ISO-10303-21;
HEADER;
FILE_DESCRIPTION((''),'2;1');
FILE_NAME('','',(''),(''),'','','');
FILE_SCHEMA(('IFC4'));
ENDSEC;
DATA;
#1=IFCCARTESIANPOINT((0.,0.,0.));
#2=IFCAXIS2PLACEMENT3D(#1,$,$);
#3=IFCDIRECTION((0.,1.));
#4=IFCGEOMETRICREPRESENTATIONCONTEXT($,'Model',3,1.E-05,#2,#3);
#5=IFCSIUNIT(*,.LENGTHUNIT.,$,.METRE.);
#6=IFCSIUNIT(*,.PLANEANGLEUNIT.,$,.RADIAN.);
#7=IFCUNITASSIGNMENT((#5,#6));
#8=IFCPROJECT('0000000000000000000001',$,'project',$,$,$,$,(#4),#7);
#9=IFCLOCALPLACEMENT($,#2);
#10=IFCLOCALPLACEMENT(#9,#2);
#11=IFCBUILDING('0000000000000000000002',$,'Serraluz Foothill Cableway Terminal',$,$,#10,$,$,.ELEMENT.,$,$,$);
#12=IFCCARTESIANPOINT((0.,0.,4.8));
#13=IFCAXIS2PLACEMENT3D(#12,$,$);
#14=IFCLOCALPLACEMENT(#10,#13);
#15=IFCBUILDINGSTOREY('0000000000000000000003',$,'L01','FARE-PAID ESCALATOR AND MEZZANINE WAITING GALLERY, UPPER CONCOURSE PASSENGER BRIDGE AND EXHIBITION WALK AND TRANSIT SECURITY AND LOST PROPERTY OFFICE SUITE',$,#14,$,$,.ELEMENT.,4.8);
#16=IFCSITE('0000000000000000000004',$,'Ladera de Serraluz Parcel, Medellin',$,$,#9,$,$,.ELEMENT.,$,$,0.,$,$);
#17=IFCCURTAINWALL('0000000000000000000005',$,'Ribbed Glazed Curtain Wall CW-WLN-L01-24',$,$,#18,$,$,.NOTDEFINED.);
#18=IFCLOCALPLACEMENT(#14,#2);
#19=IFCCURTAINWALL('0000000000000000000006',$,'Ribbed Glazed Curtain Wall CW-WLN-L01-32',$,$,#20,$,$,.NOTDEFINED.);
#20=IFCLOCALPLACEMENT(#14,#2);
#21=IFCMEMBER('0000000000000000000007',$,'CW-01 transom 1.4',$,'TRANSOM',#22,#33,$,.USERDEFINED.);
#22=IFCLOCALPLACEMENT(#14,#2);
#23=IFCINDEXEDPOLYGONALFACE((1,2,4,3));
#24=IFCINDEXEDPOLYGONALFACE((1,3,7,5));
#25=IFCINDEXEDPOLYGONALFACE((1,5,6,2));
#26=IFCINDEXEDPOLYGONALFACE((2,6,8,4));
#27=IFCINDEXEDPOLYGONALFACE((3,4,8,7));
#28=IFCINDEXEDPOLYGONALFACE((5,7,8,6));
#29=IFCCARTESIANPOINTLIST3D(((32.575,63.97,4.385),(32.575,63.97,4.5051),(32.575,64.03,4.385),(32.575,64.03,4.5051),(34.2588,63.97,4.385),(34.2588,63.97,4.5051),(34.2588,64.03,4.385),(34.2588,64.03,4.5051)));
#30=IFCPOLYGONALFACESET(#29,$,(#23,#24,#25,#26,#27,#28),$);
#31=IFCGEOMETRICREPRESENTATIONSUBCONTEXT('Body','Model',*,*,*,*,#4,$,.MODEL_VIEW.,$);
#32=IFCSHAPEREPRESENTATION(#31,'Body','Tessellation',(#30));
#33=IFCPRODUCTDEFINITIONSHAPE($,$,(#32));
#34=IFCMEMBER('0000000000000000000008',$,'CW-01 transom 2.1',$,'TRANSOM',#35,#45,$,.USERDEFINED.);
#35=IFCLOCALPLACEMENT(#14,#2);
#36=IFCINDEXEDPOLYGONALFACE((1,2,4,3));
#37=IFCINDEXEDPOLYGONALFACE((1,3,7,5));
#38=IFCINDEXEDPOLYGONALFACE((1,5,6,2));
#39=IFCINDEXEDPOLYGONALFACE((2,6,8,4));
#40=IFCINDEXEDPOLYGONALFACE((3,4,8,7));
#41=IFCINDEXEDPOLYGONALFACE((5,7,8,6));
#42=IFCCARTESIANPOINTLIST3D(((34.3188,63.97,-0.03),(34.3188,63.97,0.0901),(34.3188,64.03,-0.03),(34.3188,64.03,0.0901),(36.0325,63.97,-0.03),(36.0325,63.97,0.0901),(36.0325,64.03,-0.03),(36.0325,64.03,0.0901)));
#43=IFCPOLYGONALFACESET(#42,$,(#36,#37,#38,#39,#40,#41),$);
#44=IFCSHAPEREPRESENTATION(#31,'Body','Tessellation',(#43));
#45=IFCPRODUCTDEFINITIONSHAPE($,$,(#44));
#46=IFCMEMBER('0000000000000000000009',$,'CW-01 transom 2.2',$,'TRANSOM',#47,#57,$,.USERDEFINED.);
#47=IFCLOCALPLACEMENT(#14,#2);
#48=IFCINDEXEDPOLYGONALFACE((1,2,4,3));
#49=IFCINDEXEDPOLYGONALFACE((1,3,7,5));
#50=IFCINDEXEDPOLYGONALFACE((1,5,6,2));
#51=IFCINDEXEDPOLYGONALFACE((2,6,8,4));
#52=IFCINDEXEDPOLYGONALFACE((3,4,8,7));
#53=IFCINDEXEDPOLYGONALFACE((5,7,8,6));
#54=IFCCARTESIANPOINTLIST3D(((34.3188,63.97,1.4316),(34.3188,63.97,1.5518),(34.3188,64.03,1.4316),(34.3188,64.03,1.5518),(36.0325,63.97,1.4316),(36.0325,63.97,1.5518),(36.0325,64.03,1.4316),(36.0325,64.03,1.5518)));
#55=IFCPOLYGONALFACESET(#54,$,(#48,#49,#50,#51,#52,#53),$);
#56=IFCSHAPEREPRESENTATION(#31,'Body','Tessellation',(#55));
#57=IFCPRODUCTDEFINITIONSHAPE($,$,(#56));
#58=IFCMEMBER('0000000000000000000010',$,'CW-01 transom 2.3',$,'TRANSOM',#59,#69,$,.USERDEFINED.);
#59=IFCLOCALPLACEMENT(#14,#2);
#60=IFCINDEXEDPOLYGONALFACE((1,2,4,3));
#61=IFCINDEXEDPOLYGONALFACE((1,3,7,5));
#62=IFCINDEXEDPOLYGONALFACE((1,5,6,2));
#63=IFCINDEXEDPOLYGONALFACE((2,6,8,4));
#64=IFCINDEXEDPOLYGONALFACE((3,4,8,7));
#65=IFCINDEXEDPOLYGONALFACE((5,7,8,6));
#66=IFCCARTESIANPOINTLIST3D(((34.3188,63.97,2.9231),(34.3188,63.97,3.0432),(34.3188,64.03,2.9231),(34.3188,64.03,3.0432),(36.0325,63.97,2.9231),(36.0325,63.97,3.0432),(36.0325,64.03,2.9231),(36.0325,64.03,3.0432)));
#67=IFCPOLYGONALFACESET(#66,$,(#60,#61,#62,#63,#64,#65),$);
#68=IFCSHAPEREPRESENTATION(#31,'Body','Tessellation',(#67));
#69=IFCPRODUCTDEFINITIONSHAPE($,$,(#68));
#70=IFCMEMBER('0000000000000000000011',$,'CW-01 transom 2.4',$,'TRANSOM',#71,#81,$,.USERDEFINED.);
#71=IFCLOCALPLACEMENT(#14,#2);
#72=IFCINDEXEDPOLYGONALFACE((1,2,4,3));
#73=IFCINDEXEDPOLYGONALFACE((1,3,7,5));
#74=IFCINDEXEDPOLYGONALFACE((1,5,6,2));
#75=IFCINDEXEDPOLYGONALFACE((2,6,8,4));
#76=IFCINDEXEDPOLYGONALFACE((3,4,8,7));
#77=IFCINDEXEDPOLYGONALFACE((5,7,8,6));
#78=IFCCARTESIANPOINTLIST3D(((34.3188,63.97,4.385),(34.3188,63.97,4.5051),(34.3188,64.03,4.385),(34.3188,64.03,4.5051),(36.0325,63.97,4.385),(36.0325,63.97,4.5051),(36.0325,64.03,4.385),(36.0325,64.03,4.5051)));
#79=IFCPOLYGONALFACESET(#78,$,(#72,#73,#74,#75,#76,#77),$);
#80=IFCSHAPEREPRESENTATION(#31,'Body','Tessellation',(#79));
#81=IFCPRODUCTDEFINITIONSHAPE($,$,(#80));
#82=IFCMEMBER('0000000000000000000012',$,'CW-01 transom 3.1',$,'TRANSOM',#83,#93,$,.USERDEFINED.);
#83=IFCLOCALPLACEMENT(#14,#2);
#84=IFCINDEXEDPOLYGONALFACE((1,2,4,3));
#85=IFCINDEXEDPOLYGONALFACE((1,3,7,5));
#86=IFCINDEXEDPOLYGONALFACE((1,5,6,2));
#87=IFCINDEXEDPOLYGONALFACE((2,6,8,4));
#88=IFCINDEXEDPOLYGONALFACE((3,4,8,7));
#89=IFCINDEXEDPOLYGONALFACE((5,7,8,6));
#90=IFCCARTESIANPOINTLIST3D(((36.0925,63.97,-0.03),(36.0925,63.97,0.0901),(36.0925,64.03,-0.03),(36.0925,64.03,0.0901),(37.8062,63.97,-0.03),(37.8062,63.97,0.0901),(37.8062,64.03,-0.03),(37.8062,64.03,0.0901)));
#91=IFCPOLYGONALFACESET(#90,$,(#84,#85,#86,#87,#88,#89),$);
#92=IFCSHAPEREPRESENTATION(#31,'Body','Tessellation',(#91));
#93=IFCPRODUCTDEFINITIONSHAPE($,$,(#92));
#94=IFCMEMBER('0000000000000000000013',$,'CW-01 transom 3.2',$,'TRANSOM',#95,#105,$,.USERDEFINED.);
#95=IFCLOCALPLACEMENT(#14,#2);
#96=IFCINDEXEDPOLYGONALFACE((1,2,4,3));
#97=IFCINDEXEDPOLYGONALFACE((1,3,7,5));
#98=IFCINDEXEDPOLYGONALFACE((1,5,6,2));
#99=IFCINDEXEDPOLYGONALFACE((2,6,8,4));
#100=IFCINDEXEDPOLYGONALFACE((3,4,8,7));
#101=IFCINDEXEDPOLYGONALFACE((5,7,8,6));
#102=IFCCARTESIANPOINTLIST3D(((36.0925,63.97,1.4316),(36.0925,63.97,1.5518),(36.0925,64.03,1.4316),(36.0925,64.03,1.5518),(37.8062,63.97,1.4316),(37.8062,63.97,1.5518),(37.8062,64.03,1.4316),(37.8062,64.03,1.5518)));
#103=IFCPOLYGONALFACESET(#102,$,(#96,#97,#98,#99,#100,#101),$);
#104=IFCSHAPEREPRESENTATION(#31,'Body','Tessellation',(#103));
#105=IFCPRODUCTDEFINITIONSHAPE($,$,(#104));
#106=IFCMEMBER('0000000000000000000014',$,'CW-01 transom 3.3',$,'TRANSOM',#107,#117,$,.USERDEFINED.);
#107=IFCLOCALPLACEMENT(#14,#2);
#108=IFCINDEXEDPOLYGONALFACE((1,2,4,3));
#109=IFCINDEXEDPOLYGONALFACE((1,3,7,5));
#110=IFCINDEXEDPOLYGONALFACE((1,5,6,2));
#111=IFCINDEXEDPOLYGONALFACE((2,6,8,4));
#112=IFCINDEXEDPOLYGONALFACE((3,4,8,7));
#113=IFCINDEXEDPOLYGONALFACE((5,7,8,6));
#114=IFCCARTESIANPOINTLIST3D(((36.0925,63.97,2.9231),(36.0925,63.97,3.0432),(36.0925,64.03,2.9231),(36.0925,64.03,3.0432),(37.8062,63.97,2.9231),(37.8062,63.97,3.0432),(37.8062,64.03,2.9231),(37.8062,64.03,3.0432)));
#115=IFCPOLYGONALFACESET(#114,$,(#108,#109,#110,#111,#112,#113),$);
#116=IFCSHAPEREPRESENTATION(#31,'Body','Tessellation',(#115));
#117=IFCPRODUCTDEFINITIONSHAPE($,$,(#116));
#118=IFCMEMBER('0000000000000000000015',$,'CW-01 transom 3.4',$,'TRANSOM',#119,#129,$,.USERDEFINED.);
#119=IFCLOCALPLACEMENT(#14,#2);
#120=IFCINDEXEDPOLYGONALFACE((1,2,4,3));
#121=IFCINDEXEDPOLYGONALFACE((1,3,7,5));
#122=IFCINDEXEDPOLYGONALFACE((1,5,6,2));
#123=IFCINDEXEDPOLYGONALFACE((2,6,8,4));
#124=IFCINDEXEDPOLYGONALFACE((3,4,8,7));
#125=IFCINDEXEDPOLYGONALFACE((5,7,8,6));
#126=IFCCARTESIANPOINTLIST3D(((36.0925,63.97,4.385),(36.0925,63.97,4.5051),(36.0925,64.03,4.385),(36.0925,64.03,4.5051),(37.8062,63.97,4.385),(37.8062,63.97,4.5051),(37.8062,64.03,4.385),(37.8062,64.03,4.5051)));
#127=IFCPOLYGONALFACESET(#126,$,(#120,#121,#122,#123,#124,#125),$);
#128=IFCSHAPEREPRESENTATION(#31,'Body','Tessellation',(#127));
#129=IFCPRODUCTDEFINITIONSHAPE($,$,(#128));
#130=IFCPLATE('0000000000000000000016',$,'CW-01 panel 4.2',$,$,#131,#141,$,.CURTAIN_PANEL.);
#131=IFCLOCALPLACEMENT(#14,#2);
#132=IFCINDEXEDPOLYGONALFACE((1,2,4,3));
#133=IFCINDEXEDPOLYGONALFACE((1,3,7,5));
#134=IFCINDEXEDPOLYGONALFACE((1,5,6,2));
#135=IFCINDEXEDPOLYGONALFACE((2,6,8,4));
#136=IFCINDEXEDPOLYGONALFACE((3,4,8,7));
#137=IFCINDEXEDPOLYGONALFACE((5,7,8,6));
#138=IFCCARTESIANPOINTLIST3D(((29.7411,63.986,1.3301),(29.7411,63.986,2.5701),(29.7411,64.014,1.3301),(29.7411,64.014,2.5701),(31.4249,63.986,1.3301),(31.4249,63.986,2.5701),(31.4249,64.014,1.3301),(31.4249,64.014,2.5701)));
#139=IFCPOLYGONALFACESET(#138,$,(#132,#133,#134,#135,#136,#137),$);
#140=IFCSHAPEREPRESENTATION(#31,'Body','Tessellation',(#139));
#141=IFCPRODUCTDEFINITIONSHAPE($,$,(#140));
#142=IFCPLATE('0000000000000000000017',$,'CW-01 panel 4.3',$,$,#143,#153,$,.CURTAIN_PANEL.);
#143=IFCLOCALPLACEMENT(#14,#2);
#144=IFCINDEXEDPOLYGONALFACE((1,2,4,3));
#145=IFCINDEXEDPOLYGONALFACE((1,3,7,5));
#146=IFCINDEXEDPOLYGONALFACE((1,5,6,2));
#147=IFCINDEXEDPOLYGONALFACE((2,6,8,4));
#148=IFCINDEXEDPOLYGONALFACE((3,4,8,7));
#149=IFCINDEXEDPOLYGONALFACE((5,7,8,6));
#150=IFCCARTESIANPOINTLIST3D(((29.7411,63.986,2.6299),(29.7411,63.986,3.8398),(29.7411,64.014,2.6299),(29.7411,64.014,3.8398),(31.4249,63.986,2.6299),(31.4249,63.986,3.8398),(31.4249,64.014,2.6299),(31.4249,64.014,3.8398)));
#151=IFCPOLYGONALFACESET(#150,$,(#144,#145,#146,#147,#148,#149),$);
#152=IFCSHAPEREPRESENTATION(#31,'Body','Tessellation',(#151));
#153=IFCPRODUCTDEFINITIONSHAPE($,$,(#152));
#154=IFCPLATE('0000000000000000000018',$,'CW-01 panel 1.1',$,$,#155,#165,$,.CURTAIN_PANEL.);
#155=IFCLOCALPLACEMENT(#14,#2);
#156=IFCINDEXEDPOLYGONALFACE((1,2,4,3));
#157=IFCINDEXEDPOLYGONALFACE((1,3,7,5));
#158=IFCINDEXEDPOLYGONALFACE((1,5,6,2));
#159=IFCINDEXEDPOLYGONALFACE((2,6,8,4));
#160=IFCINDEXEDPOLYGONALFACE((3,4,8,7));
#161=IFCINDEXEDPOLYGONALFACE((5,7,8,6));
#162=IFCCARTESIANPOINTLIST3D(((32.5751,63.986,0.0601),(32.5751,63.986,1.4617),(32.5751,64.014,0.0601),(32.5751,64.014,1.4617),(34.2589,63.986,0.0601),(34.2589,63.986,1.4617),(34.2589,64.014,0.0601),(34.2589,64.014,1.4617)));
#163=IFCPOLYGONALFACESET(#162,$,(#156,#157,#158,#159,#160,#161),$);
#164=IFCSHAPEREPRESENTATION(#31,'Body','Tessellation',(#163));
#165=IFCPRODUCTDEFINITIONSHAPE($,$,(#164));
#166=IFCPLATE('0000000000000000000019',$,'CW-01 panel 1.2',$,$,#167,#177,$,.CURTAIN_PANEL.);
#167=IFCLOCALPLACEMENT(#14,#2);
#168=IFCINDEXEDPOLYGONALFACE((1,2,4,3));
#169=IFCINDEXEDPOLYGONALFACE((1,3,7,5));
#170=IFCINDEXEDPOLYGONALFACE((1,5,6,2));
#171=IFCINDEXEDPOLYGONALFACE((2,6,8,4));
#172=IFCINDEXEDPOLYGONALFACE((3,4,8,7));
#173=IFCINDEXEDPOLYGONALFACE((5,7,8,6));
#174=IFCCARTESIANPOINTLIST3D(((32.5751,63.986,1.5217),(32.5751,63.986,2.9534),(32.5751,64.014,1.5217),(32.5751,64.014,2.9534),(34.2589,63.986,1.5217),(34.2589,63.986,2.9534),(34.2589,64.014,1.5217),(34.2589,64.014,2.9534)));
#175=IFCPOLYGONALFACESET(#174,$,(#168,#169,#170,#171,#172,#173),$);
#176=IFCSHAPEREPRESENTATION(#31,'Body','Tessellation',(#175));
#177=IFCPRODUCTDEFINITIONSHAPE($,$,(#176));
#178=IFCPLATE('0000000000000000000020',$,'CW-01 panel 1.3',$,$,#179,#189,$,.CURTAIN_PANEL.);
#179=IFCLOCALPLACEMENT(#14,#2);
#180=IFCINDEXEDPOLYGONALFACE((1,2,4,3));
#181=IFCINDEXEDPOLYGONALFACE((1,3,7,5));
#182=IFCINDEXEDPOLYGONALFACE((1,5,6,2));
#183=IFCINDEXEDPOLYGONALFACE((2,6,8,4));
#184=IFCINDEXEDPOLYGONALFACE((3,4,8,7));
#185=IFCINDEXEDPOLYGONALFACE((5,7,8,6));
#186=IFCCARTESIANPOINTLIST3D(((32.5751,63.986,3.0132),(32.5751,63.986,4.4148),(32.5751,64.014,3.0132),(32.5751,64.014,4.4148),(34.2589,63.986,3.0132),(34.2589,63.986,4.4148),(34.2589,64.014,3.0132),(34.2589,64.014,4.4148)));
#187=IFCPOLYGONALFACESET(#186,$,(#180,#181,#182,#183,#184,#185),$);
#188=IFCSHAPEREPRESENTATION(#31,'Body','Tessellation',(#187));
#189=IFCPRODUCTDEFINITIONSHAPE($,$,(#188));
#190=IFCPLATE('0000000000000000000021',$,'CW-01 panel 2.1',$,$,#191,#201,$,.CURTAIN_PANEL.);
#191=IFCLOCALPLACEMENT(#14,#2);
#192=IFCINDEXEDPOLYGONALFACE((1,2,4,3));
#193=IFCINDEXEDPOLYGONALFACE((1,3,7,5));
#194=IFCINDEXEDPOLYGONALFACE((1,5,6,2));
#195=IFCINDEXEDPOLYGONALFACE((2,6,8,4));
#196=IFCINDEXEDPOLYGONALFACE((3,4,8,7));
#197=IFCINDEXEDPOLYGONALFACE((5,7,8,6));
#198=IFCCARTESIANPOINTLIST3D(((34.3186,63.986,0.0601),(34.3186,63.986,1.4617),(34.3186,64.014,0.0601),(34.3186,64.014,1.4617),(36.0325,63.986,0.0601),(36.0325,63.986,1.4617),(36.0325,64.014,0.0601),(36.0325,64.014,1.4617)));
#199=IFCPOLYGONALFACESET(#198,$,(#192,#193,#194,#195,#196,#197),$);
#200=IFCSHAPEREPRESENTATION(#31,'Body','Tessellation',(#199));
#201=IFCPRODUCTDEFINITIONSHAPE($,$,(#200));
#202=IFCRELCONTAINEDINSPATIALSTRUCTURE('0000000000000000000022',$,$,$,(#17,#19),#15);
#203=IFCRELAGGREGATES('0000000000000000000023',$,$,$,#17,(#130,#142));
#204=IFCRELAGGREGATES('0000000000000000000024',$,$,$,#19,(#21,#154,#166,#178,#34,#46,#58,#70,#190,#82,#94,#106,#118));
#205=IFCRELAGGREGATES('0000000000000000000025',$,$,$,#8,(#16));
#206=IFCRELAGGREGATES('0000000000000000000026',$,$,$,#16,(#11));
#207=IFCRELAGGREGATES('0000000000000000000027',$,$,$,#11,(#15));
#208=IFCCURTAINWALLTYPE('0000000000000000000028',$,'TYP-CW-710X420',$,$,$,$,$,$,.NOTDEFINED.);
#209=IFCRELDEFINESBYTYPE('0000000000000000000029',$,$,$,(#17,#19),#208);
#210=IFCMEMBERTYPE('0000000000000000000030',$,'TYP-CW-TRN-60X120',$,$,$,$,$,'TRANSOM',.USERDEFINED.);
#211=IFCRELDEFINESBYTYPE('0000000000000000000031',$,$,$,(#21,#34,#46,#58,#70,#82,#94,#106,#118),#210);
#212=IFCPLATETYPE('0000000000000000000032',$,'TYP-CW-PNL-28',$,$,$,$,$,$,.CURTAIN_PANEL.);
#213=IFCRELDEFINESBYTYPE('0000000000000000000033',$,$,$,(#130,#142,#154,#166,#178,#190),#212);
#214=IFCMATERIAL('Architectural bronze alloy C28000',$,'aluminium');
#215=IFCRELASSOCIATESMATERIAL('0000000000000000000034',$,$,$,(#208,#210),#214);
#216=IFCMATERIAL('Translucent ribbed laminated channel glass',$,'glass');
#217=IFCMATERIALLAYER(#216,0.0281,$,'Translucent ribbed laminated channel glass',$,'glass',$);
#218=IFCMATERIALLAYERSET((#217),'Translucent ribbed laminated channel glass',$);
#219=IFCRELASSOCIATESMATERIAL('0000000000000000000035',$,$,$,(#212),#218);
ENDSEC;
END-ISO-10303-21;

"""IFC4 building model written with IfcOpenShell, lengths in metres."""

from ifc_helpers import new_model, si_unit, direction, frame, origin, origin_2d, place, context, subcontext, project, spatial, rectangle, extrude, material, layer, layer_set, material_profile, profile_set, type_object, element, aggregate, save


model = new_model("IFC4")

# Units and contexts
model_context = context("Model", 3, precision=1e-05, world=origin(), true_north=direction((0.0, 1.0)))
body_context = subcontext(model_context, "Body", "Model", "MODEL_VIEW")
ifc_project = project(units=[si_unit("LENGTHUNIT", "METRE"), si_unit("PLANEANGLEUNIT", "RADIAN")], contexts=[model_context])

# Site, building, storey
site_placement = place(None, origin())
site = spatial("IfcSite", under=ifc_project, at=site_placement, Name="Ladera de Serraluz Parcel, Medellin", CompositionType="ELEMENT", RefElevation=0.0)
building_placement = place(site_placement, origin())
building = spatial("IfcBuilding", under=site, at=building_placement, Name="Serraluz Foothill Cableway Terminal", CompositionType="ELEMENT")
storey_placement = place(building_placement, frame((0.0, 0.0, 4.8)))
storey = spatial("IfcBuildingStorey", under=building, at=storey_placement, Name="L01", Description="FARE-PAID ESCALATOR AND MEZZANINE WAITING GALLERY, UPPER CONCOURSE PASSENGER BRIDGE AND EXHIBITION WALK AND TRANSIT SECURITY AND LOST PROPERTY OFFICE SUITE", CompositionType="ELEMENT", Elevation=4.8)

# Curtain wall
ifc_material_1 = material(Name="Architectural bronze alloy C28000", Category="aluminium")
curtain_wall_type = type_object("IfcCurtainWallType", Name="TYP-CW-710X420", PredefinedType="NOTDEFINED", material=ifc_material_1)
curtain_wall_1_placement = place(storey_placement, origin())
curtain_wall_1 = element("IfcCurtainWall", 1, at=curtain_wall_1_placement, inside=storey, type_object=curtain_wall_type, Name="Ribbed Glazed Curtain Wall CW-WLN-L01-24", PredefinedType="NOTDEFINED")

# Curtain wall, members
curtain_wall_2_placement = place(storey_placement, origin())
curtain_wall_2 = element("IfcCurtainWall", 2, at=curtain_wall_2_placement, inside=storey, type_object=curtain_wall_type, Name="Ribbed Glazed Curtain Wall CW-WLN-L01-32", PredefinedType="NOTDEFINED")
ifc_material_profile_1 = material_profile(ifc_material_1, rectangle(XDim=0.0601, YDim=0.1201, at=origin_2d()), Name="ALU TRANSOM 60x120")
ifc_profile_set_1 = profile_set([ifc_material_profile_1], Name="Architectural bronze alloy C28000")
member_type_1 = type_object("IfcMemberType", Name="TYP-CW-TRN-60X120", ElementType="TRANSOM", PredefinedType="USERDEFINED", material=ifc_profile_set_1)
member_1_placement = place(storey_placement, frame((32.575, 64.0, 4.4451), z_axis=(1.0, 0.0, 0.0), x_axis=(0.0, 1.0, 0.0)))
member_1 = element("IfcMember", 3, at=member_1_placement, type_object=member_type_1, Name="CW-01 transom 1.4", ObjectType="TRANSOM", PredefinedType="USERDEFINED", context=body_context, shape_type="SweptSolid", body=[
    extrude(rectangle(XDim=0.0601, YDim=0.1201, at=origin_2d()), origin(), (0.0, 0.0, 1.0), 1.6838),
])
member_2_placement = place(storey_placement, frame((34.3188, 64.0, 0.03), z_axis=(1.0, 0.0, 0.0), x_axis=(0.0, 1.0, 0.0)))
member_2 = element("IfcMember", 4, at=member_2_placement, type_object=member_type_1, Name="CW-01 transom 2.1", ObjectType="TRANSOM", PredefinedType="USERDEFINED", context=body_context, shape_type="SweptSolid", body=[
    extrude(rectangle(XDim=0.0601, YDim=0.1201, at=origin_2d()), origin(), (0.0, 0.0, 1.0), 1.7136),
])
member_3_placement = place(storey_placement, frame((34.3188, 64.0, 1.4917), z_axis=(1.0, 0.0, 0.0), x_axis=(0.0, 1.0, 0.0)))
member_3 = element("IfcMember", 5, at=member_3_placement, type_object=member_type_1, Name="CW-01 transom 2.2", ObjectType="TRANSOM", PredefinedType="USERDEFINED", context=body_context, shape_type="SweptSolid", body=[
    extrude(rectangle(XDim=0.0601, YDim=0.1201, at=origin_2d()), origin(), (0.0, 0.0, 1.0), 1.7136),
])
member_4_placement = place(storey_placement, frame((34.3188, 64.0, 2.9832), z_axis=(1.0, 0.0, 0.0), x_axis=(0.0, 1.0, 0.0)))
member_4 = element("IfcMember", 6, at=member_4_placement, type_object=member_type_1, Name="CW-01 transom 2.3", ObjectType="TRANSOM", PredefinedType="USERDEFINED", context=body_context, shape_type="SweptSolid", body=[
    extrude(rectangle(XDim=0.0601, YDim=0.1201, at=origin_2d()), origin(), (0.0, 0.0, 1.0), 1.7136),
])
member_5_placement = place(storey_placement, frame((34.3188, 64.0, 4.4451), z_axis=(1.0, 0.0, 0.0), x_axis=(0.0, 1.0, 0.0)))
member_5 = element("IfcMember", 7, at=member_5_placement, type_object=member_type_1, Name="CW-01 transom 2.4", ObjectType="TRANSOM", PredefinedType="USERDEFINED", context=body_context, shape_type="SweptSolid", body=[
    extrude(rectangle(XDim=0.0601, YDim=0.1201, at=origin_2d()), origin(), (0.0, 0.0, 1.0), 1.7136),
])
member_6_placement = place(storey_placement, frame((36.0925, 64.0, 0.03), z_axis=(1.0, 0.0, 0.0), x_axis=(0.0, 1.0, 0.0)))
member_6 = element("IfcMember", 8, at=member_6_placement, type_object=member_type_1, Name="CW-01 transom 3.1", ObjectType="TRANSOM", PredefinedType="USERDEFINED", context=body_context, shape_type="SweptSolid", body=[
    extrude(rectangle(XDim=0.0601, YDim=0.1201, at=origin_2d()), origin(), (0.0, 0.0, 1.0), 1.7136),
])
member_7_placement = place(storey_placement, frame((36.0925, 64.0, 1.4917), z_axis=(1.0, 0.0, 0.0), x_axis=(0.0, 1.0, 0.0)))
member_7 = element("IfcMember", 9, at=member_7_placement, type_object=member_type_1, Name="CW-01 transom 3.2", ObjectType="TRANSOM", PredefinedType="USERDEFINED", context=body_context, shape_type="SweptSolid", body=[
    extrude(rectangle(XDim=0.0601, YDim=0.1201, at=origin_2d()), origin(), (0.0, 0.0, 1.0), 1.7136),
])
member_8_placement = place(storey_placement, frame((36.0925, 64.0, 2.9832), z_axis=(1.0, 0.0, 0.0), x_axis=(0.0, 1.0, 0.0)))
member_8 = element("IfcMember", 10, at=member_8_placement, type_object=member_type_1, Name="CW-01 transom 3.3", ObjectType="TRANSOM", PredefinedType="USERDEFINED", context=body_context, shape_type="SweptSolid", body=[
    extrude(rectangle(XDim=0.0601, YDim=0.1201, at=origin_2d()), origin(), (0.0, 0.0, 1.0), 1.7136),
])
member_9_placement = place(storey_placement, frame((36.0925, 64.0, 4.4451), z_axis=(1.0, 0.0, 0.0), x_axis=(0.0, 1.0, 0.0)))
member_9 = element("IfcMember", 11, at=member_9_placement, type_object=member_type_1, Name="CW-01 transom 3.4", ObjectType="TRANSOM", PredefinedType="USERDEFINED", context=body_context, shape_type="SweptSolid", body=[
    extrude(rectangle(XDim=0.0601, YDim=0.1201, at=origin_2d()), origin(), (0.0, 0.0, 1.0), 1.7136),
])

# Plates
ifc_material_2 = material(Name="Translucent ribbed laminated channel glass", Category="glass")
ifc_layer = layer(ifc_material_2, 0.0281, Name="Translucent ribbed laminated channel glass", Category="glass")
ifc_layer_set = layer_set([ifc_layer], Name="Translucent ribbed laminated channel glass")
plate_type = type_object("IfcPlateType", Name="TYP-CW-PNL-28", PredefinedType="CURTAIN_PANEL", material=ifc_layer_set)
plate_1_placement = place(storey_placement, frame((30.583, 64.0, 1.3301), z_axis=(0.0, 0.0, 1.0), x_axis=(1.0, 0.0, 0.0)))
plate_1 = element("IfcPlate", 12, at=plate_1_placement, type_object=plate_type, Name="CW-01 panel 4.2", PredefinedType="CURTAIN_PANEL", context=body_context, shape_type="SweptSolid", body=[
    extrude(rectangle(XDim=1.6838, YDim=0.0281, at=origin_2d()), origin(), (0.0, 0.0, 1.0), 1.24),
])
plate_2_placement = place(storey_placement, frame((30.583, 64.0, 2.6299), z_axis=(0.0, 0.0, 1.0), x_axis=(1.0, 0.0, 0.0)))
plate_2 = element("IfcPlate", 13, at=plate_2_placement, type_object=plate_type, Name="CW-01 panel 4.3", PredefinedType="CURTAIN_PANEL", context=body_context, shape_type="SweptSolid", body=[
    extrude(rectangle(XDim=1.6838, YDim=0.0281, at=origin_2d()), origin(), (0.0, 0.0, 1.0), 1.21),
])
aggregate(curtain_wall_1, [plate_1, plate_2])
plate_3_placement = place(storey_placement, frame((33.417, 64.0, 0.0601), z_axis=(0.0, 0.0, 1.0), x_axis=(1.0, 0.0, 0.0)))
plate_3 = element("IfcPlate", 14, at=plate_3_placement, type_object=plate_type, Name="CW-01 panel 1.1", PredefinedType="CURTAIN_PANEL", context=body_context, shape_type="SweptSolid", body=[
    extrude(rectangle(XDim=1.6838, YDim=0.0281, at=origin_2d()), origin(), (0.0, 0.0, 1.0), 1.4016),
])
plate_4_placement = place(storey_placement, frame((33.417, 64.0, 1.5217), z_axis=(0.0, 0.0, 1.0), x_axis=(1.0, 0.0, 0.0)))
plate_4 = element("IfcPlate", 15, at=plate_4_placement, type_object=plate_type, Name="CW-01 panel 1.2", PredefinedType="CURTAIN_PANEL", context=body_context, shape_type="SweptSolid", body=[
    extrude(rectangle(XDim=1.6838, YDim=0.0281, at=origin_2d()), origin(), (0.0, 0.0, 1.0), 1.4316),
])
plate_5_placement = place(storey_placement, frame((33.417, 64.0, 3.0132), z_axis=(0.0, 0.0, 1.0), x_axis=(1.0, 0.0, 0.0)))
plate_5 = element("IfcPlate", 16, at=plate_5_placement, type_object=plate_type, Name="CW-01 panel 1.3", PredefinedType="CURTAIN_PANEL", context=body_context, shape_type="SweptSolid", body=[
    extrude(rectangle(XDim=1.6838, YDim=0.0281, at=origin_2d()), origin(), (0.0, 0.0, 1.0), 1.4016),
])
plate_6_placement = place(storey_placement, frame((35.1755, 64.0, 0.0601), z_axis=(0.0, 0.0, 1.0), x_axis=(1.0, 0.0, 0.0)))
plate_6 = element("IfcPlate", 17, at=plate_6_placement, type_object=plate_type, Name="CW-01 panel 2.1", PredefinedType="CURTAIN_PANEL", context=body_context, shape_type="SweptSolid", body=[
    extrude(rectangle(XDim=1.7139, YDim=0.0281, at=origin_2d()), origin(), (0.0, 0.0, 1.0), 1.4016),
])
aggregate(curtain_wall_2, [member_1, plate_3, plate_4, plate_5, member_2, member_3, member_4, member_5, plate_6, member_6, member_7, member_8, member_9])

save(model, "model.ifc")
